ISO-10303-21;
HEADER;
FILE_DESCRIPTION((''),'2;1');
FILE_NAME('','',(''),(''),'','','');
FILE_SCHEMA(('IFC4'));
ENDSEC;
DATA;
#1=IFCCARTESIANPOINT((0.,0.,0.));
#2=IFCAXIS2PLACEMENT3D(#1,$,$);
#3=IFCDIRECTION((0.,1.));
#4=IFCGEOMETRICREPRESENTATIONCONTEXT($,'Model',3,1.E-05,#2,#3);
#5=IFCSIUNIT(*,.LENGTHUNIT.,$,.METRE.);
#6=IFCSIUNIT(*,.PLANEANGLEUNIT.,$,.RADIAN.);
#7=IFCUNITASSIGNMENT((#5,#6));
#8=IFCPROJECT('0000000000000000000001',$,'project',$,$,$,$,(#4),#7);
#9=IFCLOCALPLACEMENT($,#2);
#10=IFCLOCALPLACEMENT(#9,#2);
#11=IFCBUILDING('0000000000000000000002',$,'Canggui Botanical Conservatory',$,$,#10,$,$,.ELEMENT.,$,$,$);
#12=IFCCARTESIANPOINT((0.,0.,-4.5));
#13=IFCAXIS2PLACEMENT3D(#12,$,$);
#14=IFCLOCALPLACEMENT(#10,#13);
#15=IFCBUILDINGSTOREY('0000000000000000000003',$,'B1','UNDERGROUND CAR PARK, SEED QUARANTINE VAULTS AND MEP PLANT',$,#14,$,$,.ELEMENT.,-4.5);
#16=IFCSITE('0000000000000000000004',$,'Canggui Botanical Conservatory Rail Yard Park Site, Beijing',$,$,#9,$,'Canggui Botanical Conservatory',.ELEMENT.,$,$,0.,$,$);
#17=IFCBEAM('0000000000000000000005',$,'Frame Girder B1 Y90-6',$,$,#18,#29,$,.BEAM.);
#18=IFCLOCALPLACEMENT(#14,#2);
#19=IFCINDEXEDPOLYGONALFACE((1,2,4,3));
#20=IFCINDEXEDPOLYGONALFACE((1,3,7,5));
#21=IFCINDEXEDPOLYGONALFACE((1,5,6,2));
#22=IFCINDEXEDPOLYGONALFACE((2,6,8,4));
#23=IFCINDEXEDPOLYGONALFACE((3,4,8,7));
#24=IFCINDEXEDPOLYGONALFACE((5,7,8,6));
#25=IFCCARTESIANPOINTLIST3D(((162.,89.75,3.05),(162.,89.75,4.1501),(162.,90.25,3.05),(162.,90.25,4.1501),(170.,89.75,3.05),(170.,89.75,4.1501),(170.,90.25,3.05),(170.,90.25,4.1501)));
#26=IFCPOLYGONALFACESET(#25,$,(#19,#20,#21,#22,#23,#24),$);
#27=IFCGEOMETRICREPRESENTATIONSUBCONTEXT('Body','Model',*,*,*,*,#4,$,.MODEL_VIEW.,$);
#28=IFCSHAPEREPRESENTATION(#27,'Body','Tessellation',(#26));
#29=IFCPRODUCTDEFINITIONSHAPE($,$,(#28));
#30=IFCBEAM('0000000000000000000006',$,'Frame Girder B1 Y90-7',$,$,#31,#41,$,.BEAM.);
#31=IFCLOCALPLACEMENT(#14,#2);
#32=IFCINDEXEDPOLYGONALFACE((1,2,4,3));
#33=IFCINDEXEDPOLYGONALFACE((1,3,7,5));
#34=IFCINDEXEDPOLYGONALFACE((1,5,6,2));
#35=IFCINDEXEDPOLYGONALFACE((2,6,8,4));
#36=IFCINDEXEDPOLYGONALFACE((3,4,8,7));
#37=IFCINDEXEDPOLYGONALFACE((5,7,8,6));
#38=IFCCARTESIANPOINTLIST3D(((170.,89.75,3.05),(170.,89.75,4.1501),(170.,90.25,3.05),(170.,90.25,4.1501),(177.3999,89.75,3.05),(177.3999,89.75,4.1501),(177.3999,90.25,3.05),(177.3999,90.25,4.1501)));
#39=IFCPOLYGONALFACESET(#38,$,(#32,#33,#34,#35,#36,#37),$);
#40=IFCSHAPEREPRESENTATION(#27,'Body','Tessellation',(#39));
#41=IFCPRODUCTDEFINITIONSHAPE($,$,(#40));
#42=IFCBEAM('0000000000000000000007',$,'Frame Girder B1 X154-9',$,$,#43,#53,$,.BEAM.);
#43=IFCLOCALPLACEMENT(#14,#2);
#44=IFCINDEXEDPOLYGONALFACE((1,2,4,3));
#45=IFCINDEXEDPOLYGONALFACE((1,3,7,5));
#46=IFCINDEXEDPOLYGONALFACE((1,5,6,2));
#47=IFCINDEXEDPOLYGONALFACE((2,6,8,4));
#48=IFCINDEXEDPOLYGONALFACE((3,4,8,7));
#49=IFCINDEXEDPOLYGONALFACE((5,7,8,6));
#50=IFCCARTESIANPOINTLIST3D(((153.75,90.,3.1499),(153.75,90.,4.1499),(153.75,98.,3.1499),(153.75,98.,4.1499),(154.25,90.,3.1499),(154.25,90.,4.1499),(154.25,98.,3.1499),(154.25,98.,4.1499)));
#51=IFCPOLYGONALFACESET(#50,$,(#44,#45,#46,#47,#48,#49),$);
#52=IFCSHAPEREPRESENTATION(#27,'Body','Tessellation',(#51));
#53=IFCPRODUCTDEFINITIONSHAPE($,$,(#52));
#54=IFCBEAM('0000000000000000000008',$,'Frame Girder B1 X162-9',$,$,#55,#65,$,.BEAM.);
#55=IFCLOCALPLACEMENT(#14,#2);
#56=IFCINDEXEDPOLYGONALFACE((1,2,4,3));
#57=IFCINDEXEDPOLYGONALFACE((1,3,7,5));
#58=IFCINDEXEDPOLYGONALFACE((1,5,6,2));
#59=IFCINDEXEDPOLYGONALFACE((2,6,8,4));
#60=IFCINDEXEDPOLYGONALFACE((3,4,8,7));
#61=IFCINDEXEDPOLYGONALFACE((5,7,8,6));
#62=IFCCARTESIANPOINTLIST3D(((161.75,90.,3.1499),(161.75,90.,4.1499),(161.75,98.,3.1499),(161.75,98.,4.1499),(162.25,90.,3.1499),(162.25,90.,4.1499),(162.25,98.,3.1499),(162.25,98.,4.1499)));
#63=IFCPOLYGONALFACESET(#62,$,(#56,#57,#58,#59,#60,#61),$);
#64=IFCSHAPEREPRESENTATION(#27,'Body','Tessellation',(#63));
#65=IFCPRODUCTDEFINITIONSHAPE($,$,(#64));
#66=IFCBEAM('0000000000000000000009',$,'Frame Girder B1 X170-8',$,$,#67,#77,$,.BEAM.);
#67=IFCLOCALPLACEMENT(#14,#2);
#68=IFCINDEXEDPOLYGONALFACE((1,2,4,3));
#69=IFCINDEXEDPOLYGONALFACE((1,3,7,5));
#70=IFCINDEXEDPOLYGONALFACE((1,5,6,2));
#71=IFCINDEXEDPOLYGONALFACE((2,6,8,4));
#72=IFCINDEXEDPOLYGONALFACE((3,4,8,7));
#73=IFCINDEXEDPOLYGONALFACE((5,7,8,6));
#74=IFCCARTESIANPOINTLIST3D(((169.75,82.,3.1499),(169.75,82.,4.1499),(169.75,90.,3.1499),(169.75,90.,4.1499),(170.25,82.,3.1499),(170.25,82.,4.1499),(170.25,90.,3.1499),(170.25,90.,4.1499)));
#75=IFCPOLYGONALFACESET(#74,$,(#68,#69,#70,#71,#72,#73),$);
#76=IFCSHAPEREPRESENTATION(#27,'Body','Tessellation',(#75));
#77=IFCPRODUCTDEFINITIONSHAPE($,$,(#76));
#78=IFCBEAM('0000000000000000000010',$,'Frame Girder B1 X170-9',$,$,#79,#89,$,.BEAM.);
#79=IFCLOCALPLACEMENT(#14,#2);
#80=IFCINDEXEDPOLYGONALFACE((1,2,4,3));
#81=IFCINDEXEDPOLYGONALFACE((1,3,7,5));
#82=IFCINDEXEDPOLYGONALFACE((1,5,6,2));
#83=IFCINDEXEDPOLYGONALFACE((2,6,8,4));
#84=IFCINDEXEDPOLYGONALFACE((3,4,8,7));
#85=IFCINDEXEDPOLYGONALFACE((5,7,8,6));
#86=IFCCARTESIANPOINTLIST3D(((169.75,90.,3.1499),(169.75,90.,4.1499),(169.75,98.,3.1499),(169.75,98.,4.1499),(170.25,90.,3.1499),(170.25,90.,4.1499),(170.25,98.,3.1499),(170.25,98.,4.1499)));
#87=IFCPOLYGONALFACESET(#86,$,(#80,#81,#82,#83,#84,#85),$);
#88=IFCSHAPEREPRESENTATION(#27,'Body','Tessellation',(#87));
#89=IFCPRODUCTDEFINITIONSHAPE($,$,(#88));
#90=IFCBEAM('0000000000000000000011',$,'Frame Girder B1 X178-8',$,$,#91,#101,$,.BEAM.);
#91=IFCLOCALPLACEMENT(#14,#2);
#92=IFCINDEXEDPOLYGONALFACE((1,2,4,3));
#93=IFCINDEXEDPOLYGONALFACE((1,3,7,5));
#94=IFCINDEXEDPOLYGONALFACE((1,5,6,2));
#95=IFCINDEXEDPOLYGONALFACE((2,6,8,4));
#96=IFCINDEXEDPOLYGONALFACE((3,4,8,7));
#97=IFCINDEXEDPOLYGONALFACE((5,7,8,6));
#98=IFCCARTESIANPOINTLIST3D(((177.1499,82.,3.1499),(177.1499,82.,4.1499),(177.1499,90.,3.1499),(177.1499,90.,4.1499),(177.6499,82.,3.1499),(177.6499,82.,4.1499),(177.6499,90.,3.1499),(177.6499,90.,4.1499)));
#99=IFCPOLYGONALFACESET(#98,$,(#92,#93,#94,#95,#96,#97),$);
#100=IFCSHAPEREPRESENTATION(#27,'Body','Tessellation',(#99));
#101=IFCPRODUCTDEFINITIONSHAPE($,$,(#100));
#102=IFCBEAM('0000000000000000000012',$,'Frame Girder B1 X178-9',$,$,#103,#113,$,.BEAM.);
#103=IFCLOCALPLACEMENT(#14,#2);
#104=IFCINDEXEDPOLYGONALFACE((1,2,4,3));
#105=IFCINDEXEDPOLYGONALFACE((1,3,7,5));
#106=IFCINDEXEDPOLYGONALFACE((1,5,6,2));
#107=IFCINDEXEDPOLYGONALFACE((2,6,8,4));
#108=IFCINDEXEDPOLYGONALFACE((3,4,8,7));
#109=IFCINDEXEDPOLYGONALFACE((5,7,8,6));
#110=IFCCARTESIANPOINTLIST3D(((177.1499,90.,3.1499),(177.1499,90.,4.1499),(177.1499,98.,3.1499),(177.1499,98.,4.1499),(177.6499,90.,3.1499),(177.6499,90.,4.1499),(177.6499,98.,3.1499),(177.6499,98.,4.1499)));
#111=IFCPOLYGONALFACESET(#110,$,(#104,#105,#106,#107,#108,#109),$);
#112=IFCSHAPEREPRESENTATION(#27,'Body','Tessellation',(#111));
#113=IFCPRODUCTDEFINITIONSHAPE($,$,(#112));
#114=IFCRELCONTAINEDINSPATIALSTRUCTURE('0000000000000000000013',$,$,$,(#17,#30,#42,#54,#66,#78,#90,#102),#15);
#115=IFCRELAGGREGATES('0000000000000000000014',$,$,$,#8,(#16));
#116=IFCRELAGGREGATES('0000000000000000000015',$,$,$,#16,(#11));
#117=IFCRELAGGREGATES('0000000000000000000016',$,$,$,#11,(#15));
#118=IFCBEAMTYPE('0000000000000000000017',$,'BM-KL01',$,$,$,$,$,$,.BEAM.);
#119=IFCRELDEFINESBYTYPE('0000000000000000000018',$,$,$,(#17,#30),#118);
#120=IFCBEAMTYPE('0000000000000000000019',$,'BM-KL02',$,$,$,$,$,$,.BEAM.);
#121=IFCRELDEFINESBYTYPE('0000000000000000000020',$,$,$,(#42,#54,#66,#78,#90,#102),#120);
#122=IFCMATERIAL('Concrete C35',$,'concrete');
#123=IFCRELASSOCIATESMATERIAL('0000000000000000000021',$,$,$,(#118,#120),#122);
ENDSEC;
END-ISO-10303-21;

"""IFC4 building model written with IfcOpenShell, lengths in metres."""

from ifc_helpers import new_model, si_unit, direction, frame, origin, origin_2d, place, context, subcontext, project, spatial, rectangle, extrude, material, material_profile, profile_set, type_object, element, save


model = new_model("IFC4")

# Units and contexts
model_context = context("Model", 3, precision=1e-05, world=origin(), true_north=direction((0.0, 1.0)))
body_context = subcontext(model_context, "Body", "Model", "MODEL_VIEW")
ifc_project = project(units=[si_unit("LENGTHUNIT", "METRE"), si_unit("PLANEANGLEUNIT", "RADIAN")], contexts=[model_context])

# Site, building, storey
site_placement = place(None, origin())
site = spatial("IfcSite", under=ifc_project, at=site_placement, Name="Canggui Botanical Conservatory Rail Yard Park Site, Beijing", LongName="Canggui Botanical Conservatory", CompositionType="ELEMENT", RefElevation=0.0)
building_placement = place(site_placement, origin())
building = spatial("IfcBuilding", under=site, at=building_placement, Name="Canggui Botanical Conservatory", CompositionType="ELEMENT")
storey_placement = place(building_placement, frame((0.0, 0.0, -4.5)))
storey = spatial("IfcBuildingStorey", under=building, at=storey_placement, Name="B1", Description="UNDERGROUND CAR PARK, SEED QUARANTINE VAULTS AND MEP PLANT", CompositionType="ELEMENT", Elevation=-4.5)

# Beams
ifc_material_1 = material(Name="Concrete C35", Category="concrete")
ifc_material_profile_1 = material_profile(ifc_material_1, rectangle(XDim=0.5, YDim=1.1001, at=origin_2d()), Name="RB 500x1100")
ifc_profile_set_1 = profile_set([ifc_material_profile_1], Name="Concrete C35")
beam_type_1 = type_object("IfcBeamType", Name="BM-KL01", PredefinedType="BEAM", material=ifc_profile_set_1)
for number, where, z_axis, x_axis, name in (
    (1, (162.0, 90.0, 3.6001), (1.0, 0.0, 0.0), (0.0, 1.0, 0.0), "Frame Girder B1 Y90-6"),
):
    element("IfcBeam", number, at=place(storey_placement, frame(where, z_axis=z_axis, x_axis=x_axis)), inside=storey, type_object=beam_type_1, Name=name, PredefinedType="BEAM", context=body_context, shape_type="SweptSolid", body=[
        extrude(rectangle(XDim=0.5, YDim=1.1001, at=origin_2d()), origin(), (0.0, 0.0, 1.0), 8.0),
    ])
beam_1_placement = place(storey_placement, frame((170.0, 90.0, 3.6001), z_axis=(1.0, 0.0, 0.0), x_axis=(0.0, 1.0, 0.0)))
element("IfcBeam", 2, at=beam_1_placement, inside=storey, type_object=beam_type_1, Name="Frame Girder B1 Y90-7", PredefinedType="BEAM", context=body_context, shape_type="SweptSolid", body=[
    extrude(rectangle(XDim=0.5, YDim=1.1001, at=origin_2d()), origin(), (0.0, 0.0, 1.0), 7.3999),
])
ifc_material_profile_2 = material_profile(ifc_material_1, rectangle(XDim=0.5, YDim=1.0, at=origin_2d()), Name="RB 500x1000")
ifc_profile_set_2 = profile_set([ifc_material_profile_2], Name="Concrete C35")
beam_type_2 = type_object("IfcBeamType", Name="BM-KL02", PredefinedType="BEAM", material=ifc_profile_set_2)
for number, where, z_axis, x_axis, name in (
    (3, (154.0, 90.0, 3.6499), (0.0, 1.0, 0.0), (-1.0, 0.0, 0.0), "Frame Girder B1 X154-9"),
    (4, (162.0, 90.0, 3.6499), (0.0, 1.0, 0.0), (-1.0, 0.0, 0.0), "Frame Girder B1 X162-9"),
    (5, (170.0, 82.0, 3.6499), (0.0, 1.0, 0.0), (-1.0, 0.0, 0.0), "Frame Girder B1 X170-8"),
    (6, (170.0, 90.0, 3.6499), (0.0, 1.0, 0.0), (-1.0, 0.0, 0.0), "Frame Girder B1 X170-9"),
    (7, (177.3999, 82.0, 3.6499), (0.0, 1.0, 0.0), (-1.0, 0.0, 0.0), "Frame Girder B1 X178-8"),
    (8, (177.3999, 90.0, 3.6499), (0.0, 1.0, 0.0), (-1.0, 0.0, 0.0), "Frame Girder B1 X178-9"),
):
    element("IfcBeam", number, at=place(storey_placement, frame(where, z_axis=z_axis, x_axis=x_axis)), inside=storey, type_object=beam_type_2, Name=name, PredefinedType="BEAM", context=body_context, shape_type="SweptSolid", body=[
        extrude(rectangle(XDim=0.5, YDim=1.0, at=origin_2d()), origin(), (0.0, 0.0, 1.0), 8.0),
    ])

save(model, "model.ifc")
